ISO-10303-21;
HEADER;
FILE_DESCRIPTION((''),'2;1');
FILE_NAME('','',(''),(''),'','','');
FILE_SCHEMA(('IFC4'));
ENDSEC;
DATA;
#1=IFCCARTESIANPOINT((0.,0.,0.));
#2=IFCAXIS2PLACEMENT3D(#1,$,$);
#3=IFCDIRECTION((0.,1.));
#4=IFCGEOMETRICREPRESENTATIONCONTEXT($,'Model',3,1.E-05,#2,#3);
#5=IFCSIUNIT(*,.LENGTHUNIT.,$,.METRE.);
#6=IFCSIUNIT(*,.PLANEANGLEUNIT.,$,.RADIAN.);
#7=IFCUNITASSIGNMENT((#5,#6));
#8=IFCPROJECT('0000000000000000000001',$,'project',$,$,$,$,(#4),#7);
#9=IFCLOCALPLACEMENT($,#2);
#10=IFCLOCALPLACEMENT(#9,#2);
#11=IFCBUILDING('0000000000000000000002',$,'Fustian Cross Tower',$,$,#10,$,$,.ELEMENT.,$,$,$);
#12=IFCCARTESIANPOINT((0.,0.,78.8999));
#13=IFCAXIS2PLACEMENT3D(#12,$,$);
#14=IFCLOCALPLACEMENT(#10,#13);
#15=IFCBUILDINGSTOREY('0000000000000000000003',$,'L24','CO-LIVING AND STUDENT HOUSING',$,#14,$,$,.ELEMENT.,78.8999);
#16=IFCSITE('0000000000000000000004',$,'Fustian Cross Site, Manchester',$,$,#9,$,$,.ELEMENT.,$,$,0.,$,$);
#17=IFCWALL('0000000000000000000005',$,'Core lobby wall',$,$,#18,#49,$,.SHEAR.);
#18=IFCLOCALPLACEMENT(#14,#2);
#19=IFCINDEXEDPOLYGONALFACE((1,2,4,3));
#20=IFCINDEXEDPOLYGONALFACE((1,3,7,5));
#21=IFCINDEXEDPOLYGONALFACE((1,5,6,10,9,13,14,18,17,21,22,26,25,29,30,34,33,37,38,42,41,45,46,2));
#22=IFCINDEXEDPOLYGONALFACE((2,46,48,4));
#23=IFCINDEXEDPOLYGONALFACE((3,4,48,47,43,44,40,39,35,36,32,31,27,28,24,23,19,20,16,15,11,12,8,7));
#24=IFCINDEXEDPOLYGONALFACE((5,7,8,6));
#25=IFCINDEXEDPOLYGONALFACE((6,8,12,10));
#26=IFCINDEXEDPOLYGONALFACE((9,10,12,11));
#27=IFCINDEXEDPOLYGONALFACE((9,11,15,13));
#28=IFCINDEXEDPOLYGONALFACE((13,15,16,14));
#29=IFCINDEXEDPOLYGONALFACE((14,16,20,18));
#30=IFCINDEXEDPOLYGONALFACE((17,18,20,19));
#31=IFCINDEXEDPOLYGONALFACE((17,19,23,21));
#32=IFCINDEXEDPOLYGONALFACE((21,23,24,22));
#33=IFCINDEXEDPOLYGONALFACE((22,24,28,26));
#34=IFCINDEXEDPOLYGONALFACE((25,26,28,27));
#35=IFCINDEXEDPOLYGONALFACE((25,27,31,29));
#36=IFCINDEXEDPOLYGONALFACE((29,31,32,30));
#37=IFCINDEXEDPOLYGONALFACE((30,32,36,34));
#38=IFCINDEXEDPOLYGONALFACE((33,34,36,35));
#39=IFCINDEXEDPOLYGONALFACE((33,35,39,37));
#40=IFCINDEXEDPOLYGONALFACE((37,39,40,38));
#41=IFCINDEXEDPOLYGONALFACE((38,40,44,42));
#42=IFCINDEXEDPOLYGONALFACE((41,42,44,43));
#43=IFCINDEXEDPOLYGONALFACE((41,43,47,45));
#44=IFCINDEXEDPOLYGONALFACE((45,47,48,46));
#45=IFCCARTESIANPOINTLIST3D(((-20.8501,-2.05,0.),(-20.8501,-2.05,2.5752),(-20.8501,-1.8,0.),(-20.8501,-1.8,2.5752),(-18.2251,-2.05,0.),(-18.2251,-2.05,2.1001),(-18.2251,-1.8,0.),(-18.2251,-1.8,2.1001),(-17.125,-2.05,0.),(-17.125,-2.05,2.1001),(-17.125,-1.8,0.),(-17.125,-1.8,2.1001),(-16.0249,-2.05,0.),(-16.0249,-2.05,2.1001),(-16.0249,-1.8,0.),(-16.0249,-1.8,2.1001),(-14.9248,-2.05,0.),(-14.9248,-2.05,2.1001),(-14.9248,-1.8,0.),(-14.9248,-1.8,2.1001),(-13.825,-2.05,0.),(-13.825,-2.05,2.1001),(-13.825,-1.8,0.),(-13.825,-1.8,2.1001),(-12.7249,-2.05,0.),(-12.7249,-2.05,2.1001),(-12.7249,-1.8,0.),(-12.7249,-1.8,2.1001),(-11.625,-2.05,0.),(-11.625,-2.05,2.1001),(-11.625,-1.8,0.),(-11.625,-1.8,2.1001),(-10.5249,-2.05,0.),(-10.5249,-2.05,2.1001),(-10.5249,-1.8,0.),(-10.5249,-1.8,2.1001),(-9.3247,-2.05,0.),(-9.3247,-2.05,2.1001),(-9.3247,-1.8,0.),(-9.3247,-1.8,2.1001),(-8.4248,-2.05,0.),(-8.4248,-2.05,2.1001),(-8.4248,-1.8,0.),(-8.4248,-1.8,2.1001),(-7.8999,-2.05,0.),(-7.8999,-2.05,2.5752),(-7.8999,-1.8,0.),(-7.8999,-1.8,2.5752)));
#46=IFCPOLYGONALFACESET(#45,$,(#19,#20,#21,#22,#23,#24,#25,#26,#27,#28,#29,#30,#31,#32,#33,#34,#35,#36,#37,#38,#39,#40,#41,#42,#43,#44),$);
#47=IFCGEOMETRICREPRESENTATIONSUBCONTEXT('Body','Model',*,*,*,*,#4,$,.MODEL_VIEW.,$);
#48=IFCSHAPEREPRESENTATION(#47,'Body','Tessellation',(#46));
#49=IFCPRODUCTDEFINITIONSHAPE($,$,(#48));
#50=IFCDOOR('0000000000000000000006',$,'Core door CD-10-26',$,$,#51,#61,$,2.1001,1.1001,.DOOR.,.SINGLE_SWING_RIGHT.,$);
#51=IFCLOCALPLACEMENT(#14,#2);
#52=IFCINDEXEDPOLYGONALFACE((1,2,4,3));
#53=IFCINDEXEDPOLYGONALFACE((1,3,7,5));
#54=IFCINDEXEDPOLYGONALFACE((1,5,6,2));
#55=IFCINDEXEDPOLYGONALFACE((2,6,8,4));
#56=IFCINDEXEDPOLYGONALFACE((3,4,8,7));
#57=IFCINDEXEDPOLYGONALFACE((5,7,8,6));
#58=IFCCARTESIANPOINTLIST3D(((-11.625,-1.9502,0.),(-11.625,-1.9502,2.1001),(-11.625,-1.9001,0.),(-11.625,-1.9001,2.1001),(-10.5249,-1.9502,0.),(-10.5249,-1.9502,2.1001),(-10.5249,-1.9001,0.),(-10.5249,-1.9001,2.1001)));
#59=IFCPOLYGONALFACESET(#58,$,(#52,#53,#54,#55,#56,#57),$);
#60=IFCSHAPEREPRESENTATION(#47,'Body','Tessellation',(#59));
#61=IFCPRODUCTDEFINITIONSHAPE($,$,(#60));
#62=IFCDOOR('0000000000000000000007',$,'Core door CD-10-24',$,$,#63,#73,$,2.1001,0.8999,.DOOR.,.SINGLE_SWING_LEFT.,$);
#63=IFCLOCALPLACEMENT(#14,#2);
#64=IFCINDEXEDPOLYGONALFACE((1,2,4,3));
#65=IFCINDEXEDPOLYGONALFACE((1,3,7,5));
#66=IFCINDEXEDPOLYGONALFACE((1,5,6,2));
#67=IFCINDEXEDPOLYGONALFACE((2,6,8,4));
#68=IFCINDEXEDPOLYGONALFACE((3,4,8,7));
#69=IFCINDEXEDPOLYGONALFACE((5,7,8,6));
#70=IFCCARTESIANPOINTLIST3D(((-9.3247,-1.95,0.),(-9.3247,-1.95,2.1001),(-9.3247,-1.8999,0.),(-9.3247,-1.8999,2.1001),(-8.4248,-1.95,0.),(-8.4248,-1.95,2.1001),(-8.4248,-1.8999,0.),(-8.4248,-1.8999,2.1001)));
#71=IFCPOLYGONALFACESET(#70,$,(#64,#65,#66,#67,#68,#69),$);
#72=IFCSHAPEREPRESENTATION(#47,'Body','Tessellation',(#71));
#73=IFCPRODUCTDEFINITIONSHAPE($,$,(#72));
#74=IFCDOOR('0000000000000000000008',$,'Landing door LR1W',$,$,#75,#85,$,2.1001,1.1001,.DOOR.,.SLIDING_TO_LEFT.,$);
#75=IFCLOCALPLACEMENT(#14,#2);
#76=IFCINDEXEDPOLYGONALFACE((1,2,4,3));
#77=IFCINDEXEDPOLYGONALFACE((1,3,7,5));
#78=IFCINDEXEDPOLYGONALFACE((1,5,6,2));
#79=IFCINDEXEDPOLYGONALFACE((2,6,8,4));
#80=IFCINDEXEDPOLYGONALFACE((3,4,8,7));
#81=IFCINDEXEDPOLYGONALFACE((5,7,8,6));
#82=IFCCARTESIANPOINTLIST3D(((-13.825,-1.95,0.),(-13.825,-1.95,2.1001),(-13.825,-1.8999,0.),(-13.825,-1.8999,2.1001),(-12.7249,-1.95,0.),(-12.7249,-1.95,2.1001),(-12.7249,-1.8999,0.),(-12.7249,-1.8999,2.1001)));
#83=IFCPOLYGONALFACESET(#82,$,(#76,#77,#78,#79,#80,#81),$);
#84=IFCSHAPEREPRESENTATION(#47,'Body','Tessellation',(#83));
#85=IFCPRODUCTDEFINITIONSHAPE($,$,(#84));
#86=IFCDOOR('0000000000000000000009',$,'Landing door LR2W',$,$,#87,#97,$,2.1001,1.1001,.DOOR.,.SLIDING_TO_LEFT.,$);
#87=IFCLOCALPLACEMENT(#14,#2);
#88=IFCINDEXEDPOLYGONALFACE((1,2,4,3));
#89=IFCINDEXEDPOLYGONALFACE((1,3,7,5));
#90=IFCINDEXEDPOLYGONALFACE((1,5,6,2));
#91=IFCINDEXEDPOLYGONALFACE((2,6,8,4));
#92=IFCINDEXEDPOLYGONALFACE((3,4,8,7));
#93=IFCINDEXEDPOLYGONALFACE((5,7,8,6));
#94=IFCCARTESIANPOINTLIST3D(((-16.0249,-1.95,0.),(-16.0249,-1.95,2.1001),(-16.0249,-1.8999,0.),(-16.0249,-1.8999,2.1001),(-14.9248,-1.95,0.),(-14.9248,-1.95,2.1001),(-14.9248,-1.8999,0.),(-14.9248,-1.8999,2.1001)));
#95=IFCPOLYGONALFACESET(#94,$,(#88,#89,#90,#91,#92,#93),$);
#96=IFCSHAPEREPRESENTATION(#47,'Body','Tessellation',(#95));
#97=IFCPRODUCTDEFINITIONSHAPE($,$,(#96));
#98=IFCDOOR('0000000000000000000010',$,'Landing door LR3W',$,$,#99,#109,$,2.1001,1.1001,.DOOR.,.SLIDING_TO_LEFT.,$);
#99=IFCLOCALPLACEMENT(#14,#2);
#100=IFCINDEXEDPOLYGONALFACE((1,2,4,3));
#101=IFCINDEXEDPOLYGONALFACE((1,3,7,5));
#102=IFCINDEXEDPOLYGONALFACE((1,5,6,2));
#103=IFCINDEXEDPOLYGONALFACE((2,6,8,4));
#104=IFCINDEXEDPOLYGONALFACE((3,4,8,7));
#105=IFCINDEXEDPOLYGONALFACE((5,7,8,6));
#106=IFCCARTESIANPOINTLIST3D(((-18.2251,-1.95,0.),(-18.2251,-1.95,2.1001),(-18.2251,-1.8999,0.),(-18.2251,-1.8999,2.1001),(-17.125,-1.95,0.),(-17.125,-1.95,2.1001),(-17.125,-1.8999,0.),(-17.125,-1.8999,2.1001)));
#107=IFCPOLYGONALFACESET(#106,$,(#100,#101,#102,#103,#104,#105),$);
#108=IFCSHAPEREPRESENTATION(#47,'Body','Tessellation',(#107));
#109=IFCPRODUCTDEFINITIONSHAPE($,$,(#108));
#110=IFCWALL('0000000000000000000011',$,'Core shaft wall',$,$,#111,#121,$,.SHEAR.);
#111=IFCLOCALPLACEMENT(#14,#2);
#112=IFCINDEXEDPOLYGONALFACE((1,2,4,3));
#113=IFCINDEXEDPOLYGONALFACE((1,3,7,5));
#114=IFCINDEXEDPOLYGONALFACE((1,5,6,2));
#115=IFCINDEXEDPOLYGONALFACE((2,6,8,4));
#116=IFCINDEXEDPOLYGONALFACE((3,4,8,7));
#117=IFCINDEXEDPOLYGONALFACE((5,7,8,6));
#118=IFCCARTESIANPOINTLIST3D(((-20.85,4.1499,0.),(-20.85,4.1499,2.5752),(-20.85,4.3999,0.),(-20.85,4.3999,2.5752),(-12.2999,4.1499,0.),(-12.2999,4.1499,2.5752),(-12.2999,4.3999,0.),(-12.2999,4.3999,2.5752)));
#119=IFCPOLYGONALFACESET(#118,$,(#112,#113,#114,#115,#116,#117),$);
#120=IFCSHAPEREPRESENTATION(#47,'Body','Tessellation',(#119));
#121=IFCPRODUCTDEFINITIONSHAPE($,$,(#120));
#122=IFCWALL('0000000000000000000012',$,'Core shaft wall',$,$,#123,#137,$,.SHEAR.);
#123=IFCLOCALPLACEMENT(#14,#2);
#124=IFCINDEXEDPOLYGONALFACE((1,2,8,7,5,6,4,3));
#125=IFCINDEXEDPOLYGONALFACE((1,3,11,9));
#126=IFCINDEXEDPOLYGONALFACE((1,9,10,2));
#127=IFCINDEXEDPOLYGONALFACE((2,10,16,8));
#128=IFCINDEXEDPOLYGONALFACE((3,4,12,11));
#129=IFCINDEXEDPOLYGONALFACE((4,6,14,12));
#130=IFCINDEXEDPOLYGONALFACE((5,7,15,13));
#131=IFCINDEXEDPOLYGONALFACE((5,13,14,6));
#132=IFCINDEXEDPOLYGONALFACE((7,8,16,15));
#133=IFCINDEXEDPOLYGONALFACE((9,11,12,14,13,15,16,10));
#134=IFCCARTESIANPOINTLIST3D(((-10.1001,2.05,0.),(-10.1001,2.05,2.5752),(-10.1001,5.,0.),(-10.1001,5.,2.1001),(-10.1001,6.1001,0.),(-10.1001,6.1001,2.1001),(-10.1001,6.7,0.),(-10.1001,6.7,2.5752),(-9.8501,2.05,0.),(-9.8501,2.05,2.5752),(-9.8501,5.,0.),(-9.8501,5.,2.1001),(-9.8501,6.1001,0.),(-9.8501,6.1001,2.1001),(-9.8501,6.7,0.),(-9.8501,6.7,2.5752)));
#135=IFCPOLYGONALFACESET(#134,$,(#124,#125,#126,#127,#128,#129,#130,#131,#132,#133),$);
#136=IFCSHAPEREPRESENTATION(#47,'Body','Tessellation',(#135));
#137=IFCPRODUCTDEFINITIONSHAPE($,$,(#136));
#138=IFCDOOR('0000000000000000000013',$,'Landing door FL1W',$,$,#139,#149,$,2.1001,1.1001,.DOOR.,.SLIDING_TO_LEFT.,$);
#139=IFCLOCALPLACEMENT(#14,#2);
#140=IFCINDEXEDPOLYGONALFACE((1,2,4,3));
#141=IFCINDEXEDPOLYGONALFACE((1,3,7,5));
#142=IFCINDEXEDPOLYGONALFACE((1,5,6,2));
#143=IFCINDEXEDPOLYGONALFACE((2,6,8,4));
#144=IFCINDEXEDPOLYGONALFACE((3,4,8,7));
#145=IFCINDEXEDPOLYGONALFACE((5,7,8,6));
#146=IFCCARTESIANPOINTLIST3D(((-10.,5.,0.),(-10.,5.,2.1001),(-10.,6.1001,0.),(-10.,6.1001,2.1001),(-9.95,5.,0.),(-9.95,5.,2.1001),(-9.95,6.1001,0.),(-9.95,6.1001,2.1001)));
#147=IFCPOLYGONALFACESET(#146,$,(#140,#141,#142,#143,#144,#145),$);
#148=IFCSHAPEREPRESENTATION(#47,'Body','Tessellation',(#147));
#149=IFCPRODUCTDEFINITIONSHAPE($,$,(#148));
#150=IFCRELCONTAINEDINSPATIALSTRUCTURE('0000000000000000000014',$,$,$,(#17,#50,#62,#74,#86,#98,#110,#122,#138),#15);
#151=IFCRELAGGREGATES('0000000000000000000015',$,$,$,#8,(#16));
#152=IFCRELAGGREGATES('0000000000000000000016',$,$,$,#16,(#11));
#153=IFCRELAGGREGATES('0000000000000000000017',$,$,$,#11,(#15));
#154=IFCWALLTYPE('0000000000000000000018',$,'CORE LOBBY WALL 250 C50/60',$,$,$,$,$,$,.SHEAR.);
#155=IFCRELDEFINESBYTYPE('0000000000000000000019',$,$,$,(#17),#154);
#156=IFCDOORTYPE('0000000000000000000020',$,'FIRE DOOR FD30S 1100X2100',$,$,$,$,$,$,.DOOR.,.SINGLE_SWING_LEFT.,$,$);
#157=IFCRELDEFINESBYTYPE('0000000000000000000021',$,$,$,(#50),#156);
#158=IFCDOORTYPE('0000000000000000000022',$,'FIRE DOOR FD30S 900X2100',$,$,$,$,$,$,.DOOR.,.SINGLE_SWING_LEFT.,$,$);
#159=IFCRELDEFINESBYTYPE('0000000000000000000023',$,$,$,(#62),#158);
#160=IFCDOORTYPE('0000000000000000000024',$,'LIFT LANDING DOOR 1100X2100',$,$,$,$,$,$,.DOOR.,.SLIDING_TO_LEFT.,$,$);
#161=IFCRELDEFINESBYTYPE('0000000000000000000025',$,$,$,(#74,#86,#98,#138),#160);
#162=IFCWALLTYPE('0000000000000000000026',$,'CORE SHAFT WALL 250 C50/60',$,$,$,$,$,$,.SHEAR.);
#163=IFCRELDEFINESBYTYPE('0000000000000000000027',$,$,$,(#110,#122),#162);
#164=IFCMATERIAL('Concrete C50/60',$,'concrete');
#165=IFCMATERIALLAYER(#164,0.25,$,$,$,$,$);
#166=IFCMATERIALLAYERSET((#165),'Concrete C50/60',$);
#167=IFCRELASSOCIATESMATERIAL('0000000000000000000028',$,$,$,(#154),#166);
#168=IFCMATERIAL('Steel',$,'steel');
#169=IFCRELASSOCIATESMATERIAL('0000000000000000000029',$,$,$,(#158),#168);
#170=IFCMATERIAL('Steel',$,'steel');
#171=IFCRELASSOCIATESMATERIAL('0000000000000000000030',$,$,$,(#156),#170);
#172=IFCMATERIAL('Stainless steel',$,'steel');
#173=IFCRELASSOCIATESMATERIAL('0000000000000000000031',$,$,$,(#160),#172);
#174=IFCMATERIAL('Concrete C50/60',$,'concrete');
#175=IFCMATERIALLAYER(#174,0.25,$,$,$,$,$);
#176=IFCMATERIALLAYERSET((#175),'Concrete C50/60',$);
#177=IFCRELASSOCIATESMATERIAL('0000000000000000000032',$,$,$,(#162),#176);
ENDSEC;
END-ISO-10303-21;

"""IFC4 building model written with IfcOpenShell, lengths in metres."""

from ifc_helpers import new_model, si_unit, direction, frame, frame_2d, origin, place, context, subcontext, project, spatial, rectangle, extrude, material, layer, layer_set, type_object, element, fill, save


model = new_model("IFC4")

# Units and contexts
model_context = context("Model", 3, precision=1e-05, world=origin(), true_north=direction((0.0, 1.0)))
body_context = subcontext(model_context, "Body", "Model", "MODEL_VIEW")
ifc_project = project(units=[si_unit("LENGTHUNIT", "METRE"), si_unit("PLANEANGLEUNIT", "RADIAN")], contexts=[model_context])

# Site, building, storey
site_placement = place(None, origin())
site = spatial("IfcSite", under=ifc_project, at=site_placement, Name="Fustian Cross Site, Manchester", CompositionType="ELEMENT", RefElevation=0.0)
building_placement = place(site_placement, origin())
building = spatial("IfcBuilding", under=site, at=building_placement, Name="Fustian Cross Tower", CompositionType="ELEMENT")
storey_placement = place(building_placement, frame((0.0, 0.0, 78.8999)))
storey = spatial("IfcBuildingStorey", under=building, at=storey_placement, Name="L24", Description="CO-LIVING AND STUDENT HOUSING", CompositionType="ELEMENT", Elevation=78.8999)

# Wall, openings, doors
ifc_material_1 = material(Name="Concrete C50/60", Category="concrete")
ifc_layer_1 = layer(ifc_material_1, 0.25)
ifc_layer_set_1 = layer_set([ifc_layer_1], Name="Concrete C50/60")
wall_type_1 = type_object("IfcWallType", Name="CORE LOBBY WALL 250 C50/60", PredefinedType="SHEAR", material=ifc_layer_set_1)
ifc_material_2 = material(Name="Steel", Category="steel")
door_type_1 = type_object("IfcDoorType", Name="FIRE DOOR FD30S 900X2100", OperationType="SINGLE_SWING_LEFT", PredefinedType="DOOR", material=ifc_material_2)
wall_1_placement = place(storey_placement, frame((-7.8999, -1.925, 0.0), z_axis=(0.0, 0.0, 1.0), x_axis=(-1.0, 0.0, 0.0)))
wall_1 = element("IfcWall", 1, at=wall_1_placement, inside=storey, type_object=wall_type_1, Name="Core lobby wall", PredefinedType="SHEAR", context=body_context, shape_type="SweptSolid", body=[
    extrude(rectangle(XDim=12.9502, YDim=0.25, at=frame_2d((6.4751, 0.0))), origin(), (0.0, 0.0, 1.0), 2.5752),
])
opening_1_placement = place(wall_1_placement, frame((4.825, 0.0, 0.0)))
opening_1 = element("IfcOpeningElement", 2, at=opening_1_placement, cuts=wall_1, PredefinedType="OPENING", context=body_context, shape_type="SweptSolid", body=[
    extrude(rectangle(XDim=1.1001, YDim=2.1001, at=frame_2d((0.55, 1.05))), frame((0.0, 0.135, 0.0), z_axis=(0.0, -1.0, 0.0), x_axis=(1.0, 0.0, 0.0)), (0.0, 0.0, 1.0), 0.27),
])
opening_2_placement = place(wall_1_placement, frame((7.0249, 0.0, 0.0)))
opening_2 = element("IfcOpeningElement", 3, at=opening_2_placement, cuts=wall_1, PredefinedType="OPENING", context=body_context, shape_type="SweptSolid", body=[
    extrude(rectangle(XDim=1.1001, YDim=2.1001, at=frame_2d((0.55, 1.05))), frame((0.0, 0.135, 0.0), z_axis=(0.0, -1.0, 0.0), x_axis=(1.0, 0.0, 0.0)), (0.0, 0.0, 1.0), 0.27),
])
opening_3_placement = place(wall_1_placement, frame((9.2251, 0.0, 0.0)))
opening_3 = element("IfcOpeningElement", 4, at=opening_3_placement, cuts=wall_1, PredefinedType="OPENING", context=body_context, shape_type="SweptSolid", body=[
    extrude(rectangle(XDim=1.1001, YDim=2.1001, at=frame_2d((0.55, 1.05))), frame((0.0, 0.135, 0.0), z_axis=(0.0, -1.0, 0.0), x_axis=(1.0, 0.0, 0.0)), (0.0, 0.0, 1.0), 0.27),
])
opening_4_placement = place(wall_1_placement, frame((0.5249, 0.0, 0.0)))
opening_4 = element("IfcOpeningElement", 5, at=opening_4_placement, cuts=wall_1, PredefinedType="OPENING", context=body_context, shape_type="SweptSolid", body=[
    extrude(rectangle(XDim=0.8999, YDim=2.1001, at=frame_2d((0.45, 1.05))), frame((0.0, 0.135, 0.0), z_axis=(0.0, -1.0, 0.0), x_axis=(1.0, 0.0, 0.0)), (0.0, 0.0, 1.0), 0.27),
])
opening_5_placement = place(wall_1_placement, frame((2.625, 0.0, 0.0)))
opening_5 = element("IfcOpeningElement", 6, at=opening_5_placement, cuts=wall_1, PredefinedType="OPENING", context=body_context, shape_type="SweptSolid", body=[
    extrude(rectangle(XDim=1.1001, YDim=2.1001, at=frame_2d((0.55, 1.05))), frame((0.0, 0.135, 0.0), z_axis=(0.0, -1.0, 0.0), x_axis=(1.0, 0.0, 0.0)), (0.0, 0.0, 1.0), 0.27),
])
ifc_material_3 = material(Name="Steel", Category="steel")
door_type_2 = type_object("IfcDoorType", Name="FIRE DOOR FD30S 1100X2100", OperationType="SINGLE_SWING_LEFT", PredefinedType="DOOR", material=ifc_material_3)
door_1_placement = place(opening_5_placement, frame((1.1001, 0.0, 0.0), z_axis=(0.0, 0.0, 1.0), x_axis=(-1.0, 0.0, 0.0)))
door_1 = element("IfcDoor", 7, at=door_1_placement, inside=storey, type_object=door_type_2, Name="Core door CD-10-26", OperationType="SINGLE_SWING_RIGHT", OverallHeight=2.1001, OverallWidth=1.1001, PredefinedType="DOOR", context=body_context, shape_type="SweptSolid", body=[
    extrude(rectangle(XDim=1.1001, YDim=2.1001, at=frame_2d((0.55, 1.05))), frame((0.0, 0.0249, 0.0), z_axis=(0.0, -1.0, 0.0), x_axis=(1.0, 0.0, 0.0)), (0.0, 0.0, 1.0), 0.05),
])
fill(opening_5, door_1)
door_2_placement = place(opening_4_placement, origin())
door_2 = element("IfcDoor", 8, at=door_2_placement, inside=storey, type_object=door_type_1, Name="Core door CD-10-24", OperationType="SINGLE_SWING_LEFT", OverallHeight=2.1001, OverallWidth=0.8999, PredefinedType="DOOR", context=body_context, shape_type="SweptSolid", body=[
    extrude(rectangle(XDim=0.8999, YDim=2.1001, at=frame_2d((0.45, 1.05))), frame((0.0, 0.0249, 0.0), z_axis=(0.0, -1.0, 0.0), x_axis=(1.0, 0.0, 0.0)), (0.0, 0.0, 1.0), 0.05),
])
fill(opening_4, door_2)
ifc_material_4 = material(Name="Stainless steel", Category="steel")
door_type_3 = type_object("IfcDoorType", Name="LIFT LANDING DOOR 1100X2100", OperationType="SLIDING_TO_LEFT", PredefinedType="DOOR", material=ifc_material_4)
door_3_placement = place(opening_1_placement, origin())
door_3 = element("IfcDoor", 9, at=door_3_placement, inside=storey, type_object=door_type_3, Name="Landing door LR1W", OperationType="SLIDING_TO_LEFT", OverallHeight=2.1001, OverallWidth=1.1001, PredefinedType="DOOR", context=body_context, shape_type="SweptSolid", body=[
    extrude(rectangle(XDim=1.1001, YDim=2.1001, at=frame_2d((0.55, 1.05))), frame((0.0, 0.0249, 0.0), z_axis=(0.0, -1.0, 0.0), x_axis=(1.0, 0.0, 0.0)), (0.0, 0.0, 1.0), 0.05),
])
fill(opening_1, door_3)
door_4_placement = place(opening_2_placement, origin())
door_4 = element("IfcDoor", 10, at=door_4_placement, inside=storey, type_object=door_type_3, Name="Landing door LR2W", OperationType="SLIDING_TO_LEFT", OverallHeight=2.1001, OverallWidth=1.1001, PredefinedType="DOOR", context=body_context, shape_type="SweptSolid", body=[
    extrude(rectangle(XDim=1.1001, YDim=2.1001, at=frame_2d((0.55, 1.05))), frame((0.0, 0.0249, 0.0), z_axis=(0.0, -1.0, 0.0), x_axis=(1.0, 0.0, 0.0)), (0.0, 0.0, 1.0), 0.05),
])
fill(opening_2, door_4)
door_5_placement = place(opening_3_placement, origin())
door_5 = element("IfcDoor", 11, at=door_5_placement, inside=storey, type_object=door_type_3, Name="Landing door LR3W", OperationType="SLIDING_TO_LEFT", OverallHeight=2.1001, OverallWidth=1.1001, PredefinedType="DOOR", context=body_context, shape_type="SweptSolid", body=[
    extrude(rectangle(XDim=1.1001, YDim=2.1001, at=frame_2d((0.55, 1.05))), frame((0.0, 0.0249, 0.0), z_axis=(0.0, -1.0, 0.0), x_axis=(1.0, 0.0, 0.0)), (0.0, 0.0, 1.0), 0.05),
])
fill(opening_3, door_5)

# Wall
ifc_material_5 = material(Name="Concrete C50/60", Category="concrete")
ifc_layer_2 = layer(ifc_material_5, 0.25)
ifc_layer_set_2 = layer_set([ifc_layer_2], Name="Concrete C50/60")
wall_type_2 = type_object("IfcWallType", Name="CORE SHAFT WALL 250 C50/60", PredefinedType="SHEAR", material=ifc_layer_set_2)
wall_2_placement = place(storey_placement, frame((-12.3, 4.2749, 0.0), z_axis=(0.0, 0.0, 1.0), x_axis=(-1.0, 0.0, 0.0)))
element("IfcWall", 12, at=wall_2_placement, inside=storey, type_object=wall_type_2, Name="Core shaft wall", PredefinedType="SHEAR", context=body_context, shape_type="SweptSolid", body=[
    extrude(rectangle(XDim=8.55, YDim=0.25, at=frame_2d((4.2749, 0.0))), origin(), (0.0, 0.0, 1.0), 2.5752),
])

# Wall, opening, door
wall_3_placement = place(storey_placement, frame((-9.9751, 2.05, 0.0), z_axis=(0.0, 0.0, 1.0), x_axis=(0.0, 1.0, 0.0)))
wall_3 = element("IfcWall", 13, at=wall_3_placement, inside=storey, type_object=wall_type_2, Name="Core shaft wall", PredefinedType="SHEAR", context=body_context, shape_type="SweptSolid", body=[
    extrude(rectangle(XDim=4.6499, YDim=0.25, at=frame_2d((2.325, 0.0))), origin(), (0.0, 0.0, 1.0), 2.5752),
])
opening_6_placement = place(wall_3_placement, frame((2.95, 0.0, 0.0)))
opening_6 = element("IfcOpeningElement", 14, at=opening_6_placement, cuts=wall_3, PredefinedType="OPENING", context=body_context, shape_type="SweptSolid", body=[
    extrude(rectangle(XDim=1.1001, YDim=2.1001, at=frame_2d((0.55, 1.05))), frame((0.0, 0.135, 0.0), z_axis=(0.0, -1.0, 0.0), x_axis=(1.0, 0.0, 0.0)), (0.0, 0.0, 1.0), 0.27),
])
door_6_placement = place(opening_6_placement, origin())
door_6 = element("IfcDoor", 15, at=door_6_placement, inside=storey, type_object=door_type_3, Name="Landing door FL1W", OperationType="SLIDING_TO_LEFT", OverallHeight=2.1001, OverallWidth=1.1001, PredefinedType="DOOR", context=body_context, shape_type="SweptSolid", body=[
    extrude(rectangle(XDim=1.1001, YDim=2.1001, at=frame_2d((0.55, 1.05))), frame((0.0, 0.0249, 0.0), z_axis=(0.0, -1.0, 0.0), x_axis=(1.0, 0.0, 0.0)), (0.0, 0.0, 1.0), 0.05),
])
fill(opening_6, door_6)

save(model, "model.ifc")
